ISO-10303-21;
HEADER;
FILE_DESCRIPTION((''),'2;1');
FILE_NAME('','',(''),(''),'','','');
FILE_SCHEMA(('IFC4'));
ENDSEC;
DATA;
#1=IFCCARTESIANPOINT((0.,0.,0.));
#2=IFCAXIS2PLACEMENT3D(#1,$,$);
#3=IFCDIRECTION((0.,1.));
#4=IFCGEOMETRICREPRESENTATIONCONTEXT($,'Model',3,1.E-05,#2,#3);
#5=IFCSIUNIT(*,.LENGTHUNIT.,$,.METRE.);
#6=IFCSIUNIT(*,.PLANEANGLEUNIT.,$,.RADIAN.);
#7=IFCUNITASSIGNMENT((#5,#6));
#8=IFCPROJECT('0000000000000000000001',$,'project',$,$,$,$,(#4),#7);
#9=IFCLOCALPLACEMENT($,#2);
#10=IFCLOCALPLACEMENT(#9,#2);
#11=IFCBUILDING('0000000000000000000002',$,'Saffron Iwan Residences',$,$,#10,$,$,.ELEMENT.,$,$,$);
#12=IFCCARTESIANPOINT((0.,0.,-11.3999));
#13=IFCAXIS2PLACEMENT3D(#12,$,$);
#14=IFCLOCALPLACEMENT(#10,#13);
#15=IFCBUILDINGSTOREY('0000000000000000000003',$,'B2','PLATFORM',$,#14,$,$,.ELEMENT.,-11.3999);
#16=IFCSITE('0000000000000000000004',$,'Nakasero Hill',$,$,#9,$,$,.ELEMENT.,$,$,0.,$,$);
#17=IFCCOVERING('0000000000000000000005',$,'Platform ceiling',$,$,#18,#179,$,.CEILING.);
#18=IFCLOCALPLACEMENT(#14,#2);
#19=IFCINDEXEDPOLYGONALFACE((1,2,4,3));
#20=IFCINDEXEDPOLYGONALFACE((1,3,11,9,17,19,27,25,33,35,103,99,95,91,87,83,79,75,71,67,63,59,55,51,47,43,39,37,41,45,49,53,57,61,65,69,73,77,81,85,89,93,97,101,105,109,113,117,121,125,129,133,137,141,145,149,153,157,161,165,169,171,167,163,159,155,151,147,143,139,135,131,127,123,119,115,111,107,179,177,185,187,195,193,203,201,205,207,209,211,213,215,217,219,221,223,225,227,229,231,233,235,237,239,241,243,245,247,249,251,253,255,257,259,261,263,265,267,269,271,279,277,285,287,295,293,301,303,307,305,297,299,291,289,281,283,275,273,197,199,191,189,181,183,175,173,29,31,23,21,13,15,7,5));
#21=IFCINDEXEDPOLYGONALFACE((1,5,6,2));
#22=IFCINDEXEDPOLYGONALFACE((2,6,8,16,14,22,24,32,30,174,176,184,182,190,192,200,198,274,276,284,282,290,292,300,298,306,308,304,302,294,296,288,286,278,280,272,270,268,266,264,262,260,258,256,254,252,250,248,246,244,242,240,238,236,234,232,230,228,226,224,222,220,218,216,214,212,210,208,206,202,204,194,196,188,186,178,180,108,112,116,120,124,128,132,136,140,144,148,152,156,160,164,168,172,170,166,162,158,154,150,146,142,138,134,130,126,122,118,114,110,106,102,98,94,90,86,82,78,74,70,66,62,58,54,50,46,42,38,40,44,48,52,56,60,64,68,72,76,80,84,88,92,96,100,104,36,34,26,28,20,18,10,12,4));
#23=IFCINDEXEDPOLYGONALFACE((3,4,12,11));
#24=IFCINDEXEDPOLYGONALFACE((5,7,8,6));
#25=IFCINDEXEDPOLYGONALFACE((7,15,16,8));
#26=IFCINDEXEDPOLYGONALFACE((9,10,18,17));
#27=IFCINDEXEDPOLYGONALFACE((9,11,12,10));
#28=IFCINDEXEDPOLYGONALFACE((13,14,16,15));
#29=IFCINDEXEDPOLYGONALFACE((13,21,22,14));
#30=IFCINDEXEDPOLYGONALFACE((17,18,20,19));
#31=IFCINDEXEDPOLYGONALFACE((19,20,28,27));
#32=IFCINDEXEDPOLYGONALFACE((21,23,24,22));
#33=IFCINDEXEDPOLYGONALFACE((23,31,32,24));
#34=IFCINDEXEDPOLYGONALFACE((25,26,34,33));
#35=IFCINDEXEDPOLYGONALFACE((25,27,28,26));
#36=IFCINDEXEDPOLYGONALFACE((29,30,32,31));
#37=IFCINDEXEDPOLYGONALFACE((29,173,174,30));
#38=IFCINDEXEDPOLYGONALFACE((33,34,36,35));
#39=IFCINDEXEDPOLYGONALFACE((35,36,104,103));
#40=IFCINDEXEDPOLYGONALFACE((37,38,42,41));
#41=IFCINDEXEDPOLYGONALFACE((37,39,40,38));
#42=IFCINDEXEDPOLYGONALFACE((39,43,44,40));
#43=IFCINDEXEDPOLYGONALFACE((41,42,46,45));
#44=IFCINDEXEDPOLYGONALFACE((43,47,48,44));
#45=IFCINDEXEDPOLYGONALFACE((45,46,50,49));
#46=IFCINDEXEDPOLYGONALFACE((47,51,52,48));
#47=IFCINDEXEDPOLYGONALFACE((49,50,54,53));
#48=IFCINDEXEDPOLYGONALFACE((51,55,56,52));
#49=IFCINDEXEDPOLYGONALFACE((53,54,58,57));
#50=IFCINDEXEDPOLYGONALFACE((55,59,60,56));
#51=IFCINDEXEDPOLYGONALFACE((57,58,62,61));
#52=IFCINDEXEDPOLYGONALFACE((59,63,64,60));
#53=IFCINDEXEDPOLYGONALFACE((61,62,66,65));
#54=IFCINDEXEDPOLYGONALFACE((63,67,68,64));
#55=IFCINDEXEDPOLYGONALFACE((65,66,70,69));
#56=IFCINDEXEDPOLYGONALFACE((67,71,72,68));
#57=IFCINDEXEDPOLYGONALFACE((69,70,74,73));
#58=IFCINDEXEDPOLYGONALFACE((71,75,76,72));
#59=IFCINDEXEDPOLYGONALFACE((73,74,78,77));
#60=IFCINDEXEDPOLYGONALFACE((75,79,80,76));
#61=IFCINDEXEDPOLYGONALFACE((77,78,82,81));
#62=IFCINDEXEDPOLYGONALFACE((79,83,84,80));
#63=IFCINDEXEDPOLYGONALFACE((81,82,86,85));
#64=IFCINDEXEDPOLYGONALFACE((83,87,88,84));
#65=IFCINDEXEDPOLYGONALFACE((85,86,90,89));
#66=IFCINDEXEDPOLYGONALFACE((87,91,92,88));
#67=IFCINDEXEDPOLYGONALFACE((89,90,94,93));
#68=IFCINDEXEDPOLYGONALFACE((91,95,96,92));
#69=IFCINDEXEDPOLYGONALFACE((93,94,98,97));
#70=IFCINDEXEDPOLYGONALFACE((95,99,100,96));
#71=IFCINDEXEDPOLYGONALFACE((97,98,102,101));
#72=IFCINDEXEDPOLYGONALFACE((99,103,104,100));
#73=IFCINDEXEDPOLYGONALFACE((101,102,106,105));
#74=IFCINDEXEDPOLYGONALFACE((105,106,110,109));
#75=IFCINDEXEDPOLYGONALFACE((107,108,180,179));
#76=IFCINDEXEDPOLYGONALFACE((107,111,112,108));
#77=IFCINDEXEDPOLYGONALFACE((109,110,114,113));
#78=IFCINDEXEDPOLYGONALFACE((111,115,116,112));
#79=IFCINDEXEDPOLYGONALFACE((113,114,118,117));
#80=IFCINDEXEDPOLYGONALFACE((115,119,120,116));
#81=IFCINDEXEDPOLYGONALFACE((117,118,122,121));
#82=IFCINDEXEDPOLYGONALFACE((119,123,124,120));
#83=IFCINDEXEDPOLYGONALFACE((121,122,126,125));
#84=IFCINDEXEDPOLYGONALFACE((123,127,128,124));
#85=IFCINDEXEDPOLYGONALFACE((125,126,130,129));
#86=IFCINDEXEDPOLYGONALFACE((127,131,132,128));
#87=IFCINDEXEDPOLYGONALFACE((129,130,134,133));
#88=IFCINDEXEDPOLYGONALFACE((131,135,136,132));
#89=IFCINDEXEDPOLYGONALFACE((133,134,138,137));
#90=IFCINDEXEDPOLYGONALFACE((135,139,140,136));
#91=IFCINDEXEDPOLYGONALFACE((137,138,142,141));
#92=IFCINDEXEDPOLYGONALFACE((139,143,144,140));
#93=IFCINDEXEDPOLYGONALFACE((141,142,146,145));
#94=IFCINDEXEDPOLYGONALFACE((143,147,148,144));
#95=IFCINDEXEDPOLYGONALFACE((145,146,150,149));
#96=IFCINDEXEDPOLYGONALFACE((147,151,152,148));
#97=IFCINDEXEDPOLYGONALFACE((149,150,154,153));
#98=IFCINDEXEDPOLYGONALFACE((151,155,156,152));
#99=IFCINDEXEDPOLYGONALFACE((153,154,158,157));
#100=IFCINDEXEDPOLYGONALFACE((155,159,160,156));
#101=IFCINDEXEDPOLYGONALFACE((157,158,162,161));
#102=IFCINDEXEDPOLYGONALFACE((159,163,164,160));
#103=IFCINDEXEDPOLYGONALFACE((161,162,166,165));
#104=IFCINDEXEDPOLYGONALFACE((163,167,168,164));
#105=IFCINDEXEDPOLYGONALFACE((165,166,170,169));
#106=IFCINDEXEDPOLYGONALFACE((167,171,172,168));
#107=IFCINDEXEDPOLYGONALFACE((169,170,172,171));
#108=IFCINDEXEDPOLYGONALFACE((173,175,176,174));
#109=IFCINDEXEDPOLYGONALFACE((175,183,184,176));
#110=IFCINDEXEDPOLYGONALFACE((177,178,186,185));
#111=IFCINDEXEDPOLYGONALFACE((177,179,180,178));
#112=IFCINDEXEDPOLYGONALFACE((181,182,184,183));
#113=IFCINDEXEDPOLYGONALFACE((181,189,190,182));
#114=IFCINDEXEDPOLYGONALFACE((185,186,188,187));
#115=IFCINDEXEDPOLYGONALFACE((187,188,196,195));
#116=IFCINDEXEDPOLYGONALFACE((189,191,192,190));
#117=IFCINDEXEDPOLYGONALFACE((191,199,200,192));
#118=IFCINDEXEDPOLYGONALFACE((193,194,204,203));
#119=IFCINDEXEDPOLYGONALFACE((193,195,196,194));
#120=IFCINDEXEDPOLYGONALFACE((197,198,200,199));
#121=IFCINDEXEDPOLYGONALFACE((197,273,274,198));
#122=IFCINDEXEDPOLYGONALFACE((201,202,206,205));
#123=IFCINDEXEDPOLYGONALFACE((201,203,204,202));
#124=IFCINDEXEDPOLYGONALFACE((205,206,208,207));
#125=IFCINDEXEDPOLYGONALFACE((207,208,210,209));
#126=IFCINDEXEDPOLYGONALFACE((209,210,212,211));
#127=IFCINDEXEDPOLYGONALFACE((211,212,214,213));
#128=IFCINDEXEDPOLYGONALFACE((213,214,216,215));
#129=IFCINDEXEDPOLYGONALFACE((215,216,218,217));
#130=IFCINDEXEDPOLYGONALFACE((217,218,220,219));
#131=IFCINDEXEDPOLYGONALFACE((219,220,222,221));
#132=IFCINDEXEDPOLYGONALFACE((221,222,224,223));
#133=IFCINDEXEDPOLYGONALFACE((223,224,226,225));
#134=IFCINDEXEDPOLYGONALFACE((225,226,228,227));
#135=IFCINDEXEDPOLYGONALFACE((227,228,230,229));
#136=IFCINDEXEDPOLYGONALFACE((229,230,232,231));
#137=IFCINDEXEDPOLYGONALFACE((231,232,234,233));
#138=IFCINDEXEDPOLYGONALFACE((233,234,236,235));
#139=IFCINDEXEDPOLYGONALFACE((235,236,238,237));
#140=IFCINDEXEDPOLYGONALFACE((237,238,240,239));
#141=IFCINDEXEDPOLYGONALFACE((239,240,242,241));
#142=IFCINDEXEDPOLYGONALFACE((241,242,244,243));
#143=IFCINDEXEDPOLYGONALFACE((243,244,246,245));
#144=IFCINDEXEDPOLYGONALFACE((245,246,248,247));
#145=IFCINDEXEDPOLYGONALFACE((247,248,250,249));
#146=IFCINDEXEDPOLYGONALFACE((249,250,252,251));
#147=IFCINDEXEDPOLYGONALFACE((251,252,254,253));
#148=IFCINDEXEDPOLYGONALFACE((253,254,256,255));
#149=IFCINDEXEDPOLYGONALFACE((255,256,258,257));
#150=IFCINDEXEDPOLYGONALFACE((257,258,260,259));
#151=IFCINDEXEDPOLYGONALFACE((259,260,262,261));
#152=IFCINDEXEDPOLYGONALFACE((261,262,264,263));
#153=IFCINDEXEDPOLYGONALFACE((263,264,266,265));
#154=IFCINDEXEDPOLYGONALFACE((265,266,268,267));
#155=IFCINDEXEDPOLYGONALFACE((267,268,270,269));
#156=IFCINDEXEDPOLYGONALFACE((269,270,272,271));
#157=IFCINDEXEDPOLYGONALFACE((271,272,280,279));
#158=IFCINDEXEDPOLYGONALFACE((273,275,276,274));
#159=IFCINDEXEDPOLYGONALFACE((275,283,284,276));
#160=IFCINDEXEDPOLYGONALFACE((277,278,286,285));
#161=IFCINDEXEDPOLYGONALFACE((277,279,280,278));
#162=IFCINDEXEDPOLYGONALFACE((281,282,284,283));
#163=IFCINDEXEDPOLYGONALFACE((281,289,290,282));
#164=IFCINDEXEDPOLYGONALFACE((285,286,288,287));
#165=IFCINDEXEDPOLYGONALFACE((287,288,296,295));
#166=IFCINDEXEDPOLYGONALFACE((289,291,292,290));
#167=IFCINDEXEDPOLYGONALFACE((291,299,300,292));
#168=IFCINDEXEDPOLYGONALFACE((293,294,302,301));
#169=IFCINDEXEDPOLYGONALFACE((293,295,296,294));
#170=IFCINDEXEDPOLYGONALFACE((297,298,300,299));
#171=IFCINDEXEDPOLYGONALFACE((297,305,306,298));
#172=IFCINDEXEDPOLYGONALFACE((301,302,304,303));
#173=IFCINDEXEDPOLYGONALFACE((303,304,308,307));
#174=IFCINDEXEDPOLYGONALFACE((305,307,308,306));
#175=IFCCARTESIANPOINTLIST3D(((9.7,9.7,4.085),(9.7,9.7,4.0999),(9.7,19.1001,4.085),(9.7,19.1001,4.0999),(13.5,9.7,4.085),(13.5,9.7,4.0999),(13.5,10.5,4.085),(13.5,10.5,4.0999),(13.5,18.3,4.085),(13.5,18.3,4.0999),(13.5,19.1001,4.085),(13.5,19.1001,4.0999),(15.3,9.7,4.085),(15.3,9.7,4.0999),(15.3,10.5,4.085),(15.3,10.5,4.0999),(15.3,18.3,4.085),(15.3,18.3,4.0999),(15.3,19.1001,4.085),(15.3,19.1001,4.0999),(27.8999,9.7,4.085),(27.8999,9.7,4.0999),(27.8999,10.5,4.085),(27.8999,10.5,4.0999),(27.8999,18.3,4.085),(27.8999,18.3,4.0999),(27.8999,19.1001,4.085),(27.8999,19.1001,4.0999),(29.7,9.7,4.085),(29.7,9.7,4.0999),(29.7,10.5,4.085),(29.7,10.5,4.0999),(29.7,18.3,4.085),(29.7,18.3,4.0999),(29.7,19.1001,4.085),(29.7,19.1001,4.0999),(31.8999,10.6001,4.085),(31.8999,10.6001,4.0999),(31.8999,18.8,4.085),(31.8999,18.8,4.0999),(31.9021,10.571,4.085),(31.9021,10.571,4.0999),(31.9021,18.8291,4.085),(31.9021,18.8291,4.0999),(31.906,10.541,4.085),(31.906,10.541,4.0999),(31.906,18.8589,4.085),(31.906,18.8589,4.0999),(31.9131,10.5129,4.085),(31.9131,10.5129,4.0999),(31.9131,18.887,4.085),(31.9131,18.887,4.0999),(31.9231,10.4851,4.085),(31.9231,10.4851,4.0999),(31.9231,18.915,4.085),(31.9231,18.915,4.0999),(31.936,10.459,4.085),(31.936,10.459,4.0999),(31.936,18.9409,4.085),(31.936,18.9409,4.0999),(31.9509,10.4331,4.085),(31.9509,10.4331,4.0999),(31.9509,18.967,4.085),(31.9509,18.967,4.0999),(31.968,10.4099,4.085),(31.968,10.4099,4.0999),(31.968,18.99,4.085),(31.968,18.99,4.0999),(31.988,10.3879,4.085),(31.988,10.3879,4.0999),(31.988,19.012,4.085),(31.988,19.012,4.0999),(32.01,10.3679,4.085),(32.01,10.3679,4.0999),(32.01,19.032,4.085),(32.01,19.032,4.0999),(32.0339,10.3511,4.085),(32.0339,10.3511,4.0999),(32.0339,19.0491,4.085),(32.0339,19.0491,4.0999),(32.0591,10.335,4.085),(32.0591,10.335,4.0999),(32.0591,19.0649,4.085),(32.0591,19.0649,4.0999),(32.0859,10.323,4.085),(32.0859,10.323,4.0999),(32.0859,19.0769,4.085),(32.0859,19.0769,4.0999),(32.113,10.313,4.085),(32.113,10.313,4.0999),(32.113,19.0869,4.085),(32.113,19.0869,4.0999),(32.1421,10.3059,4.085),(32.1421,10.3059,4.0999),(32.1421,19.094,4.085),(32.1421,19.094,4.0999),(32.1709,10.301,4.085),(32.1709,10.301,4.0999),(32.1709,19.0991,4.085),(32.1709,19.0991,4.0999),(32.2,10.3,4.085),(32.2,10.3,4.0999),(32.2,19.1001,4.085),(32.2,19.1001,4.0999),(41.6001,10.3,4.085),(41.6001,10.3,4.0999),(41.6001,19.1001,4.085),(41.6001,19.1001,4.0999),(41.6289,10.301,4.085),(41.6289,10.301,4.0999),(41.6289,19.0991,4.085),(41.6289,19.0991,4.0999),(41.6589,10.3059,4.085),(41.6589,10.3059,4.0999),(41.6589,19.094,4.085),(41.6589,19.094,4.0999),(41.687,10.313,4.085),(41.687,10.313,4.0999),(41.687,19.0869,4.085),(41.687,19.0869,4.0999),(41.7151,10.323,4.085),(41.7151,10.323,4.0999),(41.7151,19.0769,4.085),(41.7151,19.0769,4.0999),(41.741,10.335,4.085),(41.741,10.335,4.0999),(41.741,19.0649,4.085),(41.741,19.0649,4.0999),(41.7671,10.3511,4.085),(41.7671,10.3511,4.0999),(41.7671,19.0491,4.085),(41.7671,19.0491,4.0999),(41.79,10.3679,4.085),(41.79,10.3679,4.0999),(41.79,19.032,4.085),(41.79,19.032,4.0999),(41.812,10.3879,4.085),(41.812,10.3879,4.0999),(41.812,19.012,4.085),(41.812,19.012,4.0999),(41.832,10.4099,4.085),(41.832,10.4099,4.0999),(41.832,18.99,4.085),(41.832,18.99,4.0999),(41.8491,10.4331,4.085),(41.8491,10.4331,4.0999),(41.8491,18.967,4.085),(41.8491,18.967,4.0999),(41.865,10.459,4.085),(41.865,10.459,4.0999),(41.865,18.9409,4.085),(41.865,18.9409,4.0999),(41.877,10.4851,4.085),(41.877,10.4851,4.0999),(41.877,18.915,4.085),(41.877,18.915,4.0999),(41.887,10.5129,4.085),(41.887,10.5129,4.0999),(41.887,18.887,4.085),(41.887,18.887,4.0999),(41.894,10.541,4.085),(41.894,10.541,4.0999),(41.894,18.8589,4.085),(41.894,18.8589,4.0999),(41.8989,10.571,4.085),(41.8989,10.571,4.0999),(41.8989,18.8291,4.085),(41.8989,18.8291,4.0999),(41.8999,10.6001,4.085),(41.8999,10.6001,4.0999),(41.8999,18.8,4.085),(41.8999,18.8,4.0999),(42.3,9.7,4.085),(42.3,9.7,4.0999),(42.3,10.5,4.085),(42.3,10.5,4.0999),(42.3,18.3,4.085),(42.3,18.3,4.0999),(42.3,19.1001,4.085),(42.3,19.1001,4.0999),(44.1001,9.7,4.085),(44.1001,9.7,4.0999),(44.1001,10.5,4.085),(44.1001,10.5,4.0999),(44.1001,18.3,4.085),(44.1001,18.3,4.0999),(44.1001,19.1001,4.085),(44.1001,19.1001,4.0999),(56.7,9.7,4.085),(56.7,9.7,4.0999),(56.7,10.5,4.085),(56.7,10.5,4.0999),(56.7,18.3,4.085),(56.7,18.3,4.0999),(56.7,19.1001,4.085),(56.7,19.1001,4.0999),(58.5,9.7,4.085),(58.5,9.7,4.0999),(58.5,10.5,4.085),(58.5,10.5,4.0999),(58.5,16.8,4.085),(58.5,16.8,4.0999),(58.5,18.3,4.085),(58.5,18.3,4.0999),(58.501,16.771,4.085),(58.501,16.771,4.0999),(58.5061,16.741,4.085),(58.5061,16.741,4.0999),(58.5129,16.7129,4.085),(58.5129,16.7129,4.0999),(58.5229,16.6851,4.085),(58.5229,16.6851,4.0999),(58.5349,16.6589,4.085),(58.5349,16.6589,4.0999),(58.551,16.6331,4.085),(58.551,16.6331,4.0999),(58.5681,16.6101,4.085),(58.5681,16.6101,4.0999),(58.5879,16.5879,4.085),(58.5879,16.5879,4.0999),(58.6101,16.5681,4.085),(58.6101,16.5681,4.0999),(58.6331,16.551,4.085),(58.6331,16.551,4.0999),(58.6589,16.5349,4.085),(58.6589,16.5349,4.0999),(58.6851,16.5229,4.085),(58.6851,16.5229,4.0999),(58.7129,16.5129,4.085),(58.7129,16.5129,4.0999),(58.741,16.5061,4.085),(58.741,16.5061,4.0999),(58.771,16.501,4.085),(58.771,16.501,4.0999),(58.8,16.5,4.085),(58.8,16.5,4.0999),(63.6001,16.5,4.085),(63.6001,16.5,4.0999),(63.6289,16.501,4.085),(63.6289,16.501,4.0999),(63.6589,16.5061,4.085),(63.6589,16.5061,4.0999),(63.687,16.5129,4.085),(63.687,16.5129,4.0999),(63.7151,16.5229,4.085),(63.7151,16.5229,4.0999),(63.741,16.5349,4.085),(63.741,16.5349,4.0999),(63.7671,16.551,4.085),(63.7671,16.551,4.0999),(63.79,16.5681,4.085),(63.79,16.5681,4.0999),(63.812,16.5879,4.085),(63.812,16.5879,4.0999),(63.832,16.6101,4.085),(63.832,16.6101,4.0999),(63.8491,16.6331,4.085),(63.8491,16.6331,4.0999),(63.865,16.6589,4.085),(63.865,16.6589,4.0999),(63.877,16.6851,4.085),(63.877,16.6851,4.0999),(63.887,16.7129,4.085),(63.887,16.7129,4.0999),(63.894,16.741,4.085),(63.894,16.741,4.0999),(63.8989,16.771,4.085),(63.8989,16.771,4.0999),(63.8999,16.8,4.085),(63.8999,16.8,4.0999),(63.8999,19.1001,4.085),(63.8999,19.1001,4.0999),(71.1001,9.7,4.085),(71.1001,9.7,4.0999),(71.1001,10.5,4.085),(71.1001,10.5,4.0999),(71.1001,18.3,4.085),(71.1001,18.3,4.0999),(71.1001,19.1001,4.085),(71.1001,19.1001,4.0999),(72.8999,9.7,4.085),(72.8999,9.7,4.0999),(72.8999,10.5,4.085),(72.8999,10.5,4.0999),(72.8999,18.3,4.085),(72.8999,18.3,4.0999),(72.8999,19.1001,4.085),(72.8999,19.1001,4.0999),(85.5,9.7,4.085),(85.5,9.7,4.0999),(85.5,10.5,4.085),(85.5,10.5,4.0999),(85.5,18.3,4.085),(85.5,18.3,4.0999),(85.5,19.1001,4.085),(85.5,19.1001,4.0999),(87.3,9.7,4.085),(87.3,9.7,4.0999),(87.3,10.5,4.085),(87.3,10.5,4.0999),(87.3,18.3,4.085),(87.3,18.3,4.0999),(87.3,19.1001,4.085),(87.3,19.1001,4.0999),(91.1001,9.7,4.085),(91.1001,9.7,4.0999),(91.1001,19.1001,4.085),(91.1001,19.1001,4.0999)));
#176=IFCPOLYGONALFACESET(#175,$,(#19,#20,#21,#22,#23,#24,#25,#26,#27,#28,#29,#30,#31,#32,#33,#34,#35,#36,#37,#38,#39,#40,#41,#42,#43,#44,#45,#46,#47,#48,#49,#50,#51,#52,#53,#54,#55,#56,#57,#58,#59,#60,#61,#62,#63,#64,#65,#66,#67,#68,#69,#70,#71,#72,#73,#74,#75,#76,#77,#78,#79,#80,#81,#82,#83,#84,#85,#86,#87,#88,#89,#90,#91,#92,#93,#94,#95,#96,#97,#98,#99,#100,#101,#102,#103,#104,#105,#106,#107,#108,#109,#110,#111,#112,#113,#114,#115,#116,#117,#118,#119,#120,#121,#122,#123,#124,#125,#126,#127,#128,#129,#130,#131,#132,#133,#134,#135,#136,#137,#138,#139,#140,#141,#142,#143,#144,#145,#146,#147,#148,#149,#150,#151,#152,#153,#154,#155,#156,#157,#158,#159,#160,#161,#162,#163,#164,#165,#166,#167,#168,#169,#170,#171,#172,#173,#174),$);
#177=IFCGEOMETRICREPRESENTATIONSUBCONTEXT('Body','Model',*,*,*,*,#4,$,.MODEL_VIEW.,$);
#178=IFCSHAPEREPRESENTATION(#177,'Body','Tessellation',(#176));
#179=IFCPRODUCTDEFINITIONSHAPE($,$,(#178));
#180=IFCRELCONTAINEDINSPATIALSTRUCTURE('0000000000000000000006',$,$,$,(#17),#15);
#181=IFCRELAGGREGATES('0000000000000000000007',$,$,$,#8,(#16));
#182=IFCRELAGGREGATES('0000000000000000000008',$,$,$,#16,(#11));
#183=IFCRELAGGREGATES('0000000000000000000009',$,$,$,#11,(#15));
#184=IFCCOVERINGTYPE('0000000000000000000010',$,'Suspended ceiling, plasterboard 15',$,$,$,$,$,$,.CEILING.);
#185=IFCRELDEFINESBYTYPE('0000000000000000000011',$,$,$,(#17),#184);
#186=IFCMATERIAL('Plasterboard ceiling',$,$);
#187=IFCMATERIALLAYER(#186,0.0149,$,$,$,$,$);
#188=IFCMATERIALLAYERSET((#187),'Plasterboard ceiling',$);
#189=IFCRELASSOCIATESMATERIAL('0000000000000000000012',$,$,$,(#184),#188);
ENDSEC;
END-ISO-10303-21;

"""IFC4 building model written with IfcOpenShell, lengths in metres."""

from ifc_helpers import new_model, si_unit, direction, frame, origin, place, context, subcontext, project, spatial, polyline, outline, extrude, material, layer, layer_set, type_object, element, save


model = new_model("IFC4")

# Units and contexts
model_context = context("Model", 3, precision=1e-05, world=origin(), true_north=direction((0.0, 1.0)))
body_context = subcontext(model_context, "Body", "Model", "MODEL_VIEW")
ifc_project = project(units=[si_unit("LENGTHUNIT", "METRE"), si_unit("PLANEANGLEUNIT", "RADIAN")], contexts=[model_context])

# Site, building, storey
site_placement = place(None, origin())
site = spatial("IfcSite", under=ifc_project, at=site_placement, Name="Nakasero Hill", CompositionType="ELEMENT", RefElevation=0.0)
building_placement = place(site_placement, origin())
building = spatial("IfcBuilding", under=site, at=building_placement, Name="Saffron Iwan Residences", CompositionType="ELEMENT")
storey_placement = place(building_placement, frame((0.0, 0.0, -11.3999)))
storey = spatial("IfcBuildingStorey", under=building, at=storey_placement, Name="B2", Description="PLATFORM", CompositionType="ELEMENT", Elevation=-11.3999)

# Covering
ifc_material_1 = material(Name="Plasterboard ceiling")
ifc_layer_1 = layer(ifc_material_1, 0.0149)
ifc_layer_set_1 = layer_set([ifc_layer_1], Name="Plasterboard ceiling")
covering_type_1 = type_object("IfcCoveringType", Name="Suspended ceiling, plasterboard 15", PredefinedType="CEILING", material=ifc_layer_set_1)
covering_1_placement = place(storey_placement, frame((0.0, 0.0, 4.085)))
element("IfcCovering", 1, at=covering_1_placement, inside=storey, type_object=covering_type_1, Name="Platform ceiling", PredefinedType="CEILING", context=body_context, shape_type="SweptSolid", body=[
    extrude(outline(polyline([(71.1001, 18.3), (72.8999, 18.3), (72.8999, 19.1001), (85.5, 19.1001), (85.5, 18.3), (87.3, 18.3), (87.3, 19.1001), (91.1001, 19.1001), (91.1001, 9.7), (87.3, 9.7), (87.3, 10.5), (85.5, 10.5), (85.5, 9.7), (72.8999, 9.7), (72.8999, 10.5), (71.1001, 10.5), (71.1001, 9.7), (58.5, 9.7), (58.5, 10.5), (56.7, 10.5), (56.7, 9.7), (44.1001, 9.7), (44.1001, 10.5), (42.3, 10.5), (42.3, 9.7), (29.7, 9.7), (29.7, 10.5), (27.8999, 10.5), (27.8999, 9.7), (15.3, 9.7), (15.3, 10.5), (13.5, 10.5), (13.5, 9.7), (9.7, 9.7), (9.7, 19.1001), (13.5, 19.1001), (13.5, 18.3), (15.3, 18.3), (15.3, 19.1001), (27.8999, 19.1001), (27.8999, 18.3), (29.7, 18.3), (29.7, 19.1001), (32.2, 19.1001), (32.1709, 19.0991), (32.1421, 19.094), (32.113, 19.0869), (32.0859, 19.0769), (32.0591, 19.0649), (32.0339, 19.0491), (32.01, 19.032), (31.988, 19.012), (31.968, 18.99), (31.9509, 18.967), (31.936, 18.9409), (31.9231, 18.915), (31.9131, 18.887), (31.906, 18.8589), (31.9021, 18.8291), (31.8999, 18.8), (31.8999, 10.6001), (31.9021, 10.571), (31.906, 10.541), (31.9131, 10.5129), (31.9231, 10.4851), (31.936, 10.459), (31.9509, 10.4331), (31.968, 10.4099), (31.988, 10.3879), (32.01, 10.3679), (32.0339, 10.3511), (32.0591, 10.335), (32.0859, 10.323), (32.113, 10.313), (32.1421, 10.3059), (32.1709, 10.301), (32.2, 10.3), (41.6001, 10.3), (41.6289, 10.301), (41.6589, 10.3059), (41.687, 10.313), (41.7151, 10.323), (41.741, 10.335), (41.7671, 10.3511), (41.79, 10.3679), (41.812, 10.3879), (41.832, 10.4099), (41.8491, 10.4331), (41.865, 10.459), (41.877, 10.4851), (41.887, 10.5129), (41.894, 10.541), (41.8989, 10.571), (41.8999, 10.6001), (41.8999, 18.8), (41.8989, 18.8291), (41.894, 18.8589), (41.887, 18.887), (41.877, 18.915), (41.865, 18.9409), (41.8491, 18.967), (41.832, 18.99), (41.812, 19.012), (41.79, 19.032), (41.7671, 19.0491), (41.741, 19.0649), (41.7151, 19.0769), (41.687, 19.0869), (41.6589, 19.094), (41.6289, 19.0991), (41.6001, 19.1001), (42.3, 19.1001), (42.3, 18.3), (44.1001, 18.3), (44.1001, 19.1001), (56.7, 19.1001), (56.7, 18.3), (58.5, 18.3), (58.5, 16.8), (58.501, 16.771), (58.5061, 16.741), (58.5129, 16.7129), (58.5229, 16.6851), (58.5349, 16.6589), (58.551, 16.6331), (58.5681, 16.6101), (58.5879, 16.5879), (58.6101, 16.5681), (58.6331, 16.551), (58.6589, 16.5349), (58.6851, 16.5229), (58.7129, 16.5129), (58.741, 16.5061), (58.771, 16.501), (58.8, 16.5), (63.6001, 16.5), (63.6289, 16.501), (63.6589, 16.5061), (63.687, 16.5129), (63.7151, 16.5229), (63.741, 16.5349), (63.7671, 16.551), (63.79, 16.5681), (63.812, 16.5879), (63.832, 16.6101), (63.8491, 16.6331), (63.865, 16.6589), (63.877, 16.6851), (63.887, 16.7129), (63.894, 16.741), (63.8989, 16.771), (63.8999, 16.8), (63.8999, 19.1001), (71.1001, 19.1001), (71.1001, 18.3)])), origin(), (0.0, 0.0, 1.0), 0.0149),
])

save(model, "model.ifc")
